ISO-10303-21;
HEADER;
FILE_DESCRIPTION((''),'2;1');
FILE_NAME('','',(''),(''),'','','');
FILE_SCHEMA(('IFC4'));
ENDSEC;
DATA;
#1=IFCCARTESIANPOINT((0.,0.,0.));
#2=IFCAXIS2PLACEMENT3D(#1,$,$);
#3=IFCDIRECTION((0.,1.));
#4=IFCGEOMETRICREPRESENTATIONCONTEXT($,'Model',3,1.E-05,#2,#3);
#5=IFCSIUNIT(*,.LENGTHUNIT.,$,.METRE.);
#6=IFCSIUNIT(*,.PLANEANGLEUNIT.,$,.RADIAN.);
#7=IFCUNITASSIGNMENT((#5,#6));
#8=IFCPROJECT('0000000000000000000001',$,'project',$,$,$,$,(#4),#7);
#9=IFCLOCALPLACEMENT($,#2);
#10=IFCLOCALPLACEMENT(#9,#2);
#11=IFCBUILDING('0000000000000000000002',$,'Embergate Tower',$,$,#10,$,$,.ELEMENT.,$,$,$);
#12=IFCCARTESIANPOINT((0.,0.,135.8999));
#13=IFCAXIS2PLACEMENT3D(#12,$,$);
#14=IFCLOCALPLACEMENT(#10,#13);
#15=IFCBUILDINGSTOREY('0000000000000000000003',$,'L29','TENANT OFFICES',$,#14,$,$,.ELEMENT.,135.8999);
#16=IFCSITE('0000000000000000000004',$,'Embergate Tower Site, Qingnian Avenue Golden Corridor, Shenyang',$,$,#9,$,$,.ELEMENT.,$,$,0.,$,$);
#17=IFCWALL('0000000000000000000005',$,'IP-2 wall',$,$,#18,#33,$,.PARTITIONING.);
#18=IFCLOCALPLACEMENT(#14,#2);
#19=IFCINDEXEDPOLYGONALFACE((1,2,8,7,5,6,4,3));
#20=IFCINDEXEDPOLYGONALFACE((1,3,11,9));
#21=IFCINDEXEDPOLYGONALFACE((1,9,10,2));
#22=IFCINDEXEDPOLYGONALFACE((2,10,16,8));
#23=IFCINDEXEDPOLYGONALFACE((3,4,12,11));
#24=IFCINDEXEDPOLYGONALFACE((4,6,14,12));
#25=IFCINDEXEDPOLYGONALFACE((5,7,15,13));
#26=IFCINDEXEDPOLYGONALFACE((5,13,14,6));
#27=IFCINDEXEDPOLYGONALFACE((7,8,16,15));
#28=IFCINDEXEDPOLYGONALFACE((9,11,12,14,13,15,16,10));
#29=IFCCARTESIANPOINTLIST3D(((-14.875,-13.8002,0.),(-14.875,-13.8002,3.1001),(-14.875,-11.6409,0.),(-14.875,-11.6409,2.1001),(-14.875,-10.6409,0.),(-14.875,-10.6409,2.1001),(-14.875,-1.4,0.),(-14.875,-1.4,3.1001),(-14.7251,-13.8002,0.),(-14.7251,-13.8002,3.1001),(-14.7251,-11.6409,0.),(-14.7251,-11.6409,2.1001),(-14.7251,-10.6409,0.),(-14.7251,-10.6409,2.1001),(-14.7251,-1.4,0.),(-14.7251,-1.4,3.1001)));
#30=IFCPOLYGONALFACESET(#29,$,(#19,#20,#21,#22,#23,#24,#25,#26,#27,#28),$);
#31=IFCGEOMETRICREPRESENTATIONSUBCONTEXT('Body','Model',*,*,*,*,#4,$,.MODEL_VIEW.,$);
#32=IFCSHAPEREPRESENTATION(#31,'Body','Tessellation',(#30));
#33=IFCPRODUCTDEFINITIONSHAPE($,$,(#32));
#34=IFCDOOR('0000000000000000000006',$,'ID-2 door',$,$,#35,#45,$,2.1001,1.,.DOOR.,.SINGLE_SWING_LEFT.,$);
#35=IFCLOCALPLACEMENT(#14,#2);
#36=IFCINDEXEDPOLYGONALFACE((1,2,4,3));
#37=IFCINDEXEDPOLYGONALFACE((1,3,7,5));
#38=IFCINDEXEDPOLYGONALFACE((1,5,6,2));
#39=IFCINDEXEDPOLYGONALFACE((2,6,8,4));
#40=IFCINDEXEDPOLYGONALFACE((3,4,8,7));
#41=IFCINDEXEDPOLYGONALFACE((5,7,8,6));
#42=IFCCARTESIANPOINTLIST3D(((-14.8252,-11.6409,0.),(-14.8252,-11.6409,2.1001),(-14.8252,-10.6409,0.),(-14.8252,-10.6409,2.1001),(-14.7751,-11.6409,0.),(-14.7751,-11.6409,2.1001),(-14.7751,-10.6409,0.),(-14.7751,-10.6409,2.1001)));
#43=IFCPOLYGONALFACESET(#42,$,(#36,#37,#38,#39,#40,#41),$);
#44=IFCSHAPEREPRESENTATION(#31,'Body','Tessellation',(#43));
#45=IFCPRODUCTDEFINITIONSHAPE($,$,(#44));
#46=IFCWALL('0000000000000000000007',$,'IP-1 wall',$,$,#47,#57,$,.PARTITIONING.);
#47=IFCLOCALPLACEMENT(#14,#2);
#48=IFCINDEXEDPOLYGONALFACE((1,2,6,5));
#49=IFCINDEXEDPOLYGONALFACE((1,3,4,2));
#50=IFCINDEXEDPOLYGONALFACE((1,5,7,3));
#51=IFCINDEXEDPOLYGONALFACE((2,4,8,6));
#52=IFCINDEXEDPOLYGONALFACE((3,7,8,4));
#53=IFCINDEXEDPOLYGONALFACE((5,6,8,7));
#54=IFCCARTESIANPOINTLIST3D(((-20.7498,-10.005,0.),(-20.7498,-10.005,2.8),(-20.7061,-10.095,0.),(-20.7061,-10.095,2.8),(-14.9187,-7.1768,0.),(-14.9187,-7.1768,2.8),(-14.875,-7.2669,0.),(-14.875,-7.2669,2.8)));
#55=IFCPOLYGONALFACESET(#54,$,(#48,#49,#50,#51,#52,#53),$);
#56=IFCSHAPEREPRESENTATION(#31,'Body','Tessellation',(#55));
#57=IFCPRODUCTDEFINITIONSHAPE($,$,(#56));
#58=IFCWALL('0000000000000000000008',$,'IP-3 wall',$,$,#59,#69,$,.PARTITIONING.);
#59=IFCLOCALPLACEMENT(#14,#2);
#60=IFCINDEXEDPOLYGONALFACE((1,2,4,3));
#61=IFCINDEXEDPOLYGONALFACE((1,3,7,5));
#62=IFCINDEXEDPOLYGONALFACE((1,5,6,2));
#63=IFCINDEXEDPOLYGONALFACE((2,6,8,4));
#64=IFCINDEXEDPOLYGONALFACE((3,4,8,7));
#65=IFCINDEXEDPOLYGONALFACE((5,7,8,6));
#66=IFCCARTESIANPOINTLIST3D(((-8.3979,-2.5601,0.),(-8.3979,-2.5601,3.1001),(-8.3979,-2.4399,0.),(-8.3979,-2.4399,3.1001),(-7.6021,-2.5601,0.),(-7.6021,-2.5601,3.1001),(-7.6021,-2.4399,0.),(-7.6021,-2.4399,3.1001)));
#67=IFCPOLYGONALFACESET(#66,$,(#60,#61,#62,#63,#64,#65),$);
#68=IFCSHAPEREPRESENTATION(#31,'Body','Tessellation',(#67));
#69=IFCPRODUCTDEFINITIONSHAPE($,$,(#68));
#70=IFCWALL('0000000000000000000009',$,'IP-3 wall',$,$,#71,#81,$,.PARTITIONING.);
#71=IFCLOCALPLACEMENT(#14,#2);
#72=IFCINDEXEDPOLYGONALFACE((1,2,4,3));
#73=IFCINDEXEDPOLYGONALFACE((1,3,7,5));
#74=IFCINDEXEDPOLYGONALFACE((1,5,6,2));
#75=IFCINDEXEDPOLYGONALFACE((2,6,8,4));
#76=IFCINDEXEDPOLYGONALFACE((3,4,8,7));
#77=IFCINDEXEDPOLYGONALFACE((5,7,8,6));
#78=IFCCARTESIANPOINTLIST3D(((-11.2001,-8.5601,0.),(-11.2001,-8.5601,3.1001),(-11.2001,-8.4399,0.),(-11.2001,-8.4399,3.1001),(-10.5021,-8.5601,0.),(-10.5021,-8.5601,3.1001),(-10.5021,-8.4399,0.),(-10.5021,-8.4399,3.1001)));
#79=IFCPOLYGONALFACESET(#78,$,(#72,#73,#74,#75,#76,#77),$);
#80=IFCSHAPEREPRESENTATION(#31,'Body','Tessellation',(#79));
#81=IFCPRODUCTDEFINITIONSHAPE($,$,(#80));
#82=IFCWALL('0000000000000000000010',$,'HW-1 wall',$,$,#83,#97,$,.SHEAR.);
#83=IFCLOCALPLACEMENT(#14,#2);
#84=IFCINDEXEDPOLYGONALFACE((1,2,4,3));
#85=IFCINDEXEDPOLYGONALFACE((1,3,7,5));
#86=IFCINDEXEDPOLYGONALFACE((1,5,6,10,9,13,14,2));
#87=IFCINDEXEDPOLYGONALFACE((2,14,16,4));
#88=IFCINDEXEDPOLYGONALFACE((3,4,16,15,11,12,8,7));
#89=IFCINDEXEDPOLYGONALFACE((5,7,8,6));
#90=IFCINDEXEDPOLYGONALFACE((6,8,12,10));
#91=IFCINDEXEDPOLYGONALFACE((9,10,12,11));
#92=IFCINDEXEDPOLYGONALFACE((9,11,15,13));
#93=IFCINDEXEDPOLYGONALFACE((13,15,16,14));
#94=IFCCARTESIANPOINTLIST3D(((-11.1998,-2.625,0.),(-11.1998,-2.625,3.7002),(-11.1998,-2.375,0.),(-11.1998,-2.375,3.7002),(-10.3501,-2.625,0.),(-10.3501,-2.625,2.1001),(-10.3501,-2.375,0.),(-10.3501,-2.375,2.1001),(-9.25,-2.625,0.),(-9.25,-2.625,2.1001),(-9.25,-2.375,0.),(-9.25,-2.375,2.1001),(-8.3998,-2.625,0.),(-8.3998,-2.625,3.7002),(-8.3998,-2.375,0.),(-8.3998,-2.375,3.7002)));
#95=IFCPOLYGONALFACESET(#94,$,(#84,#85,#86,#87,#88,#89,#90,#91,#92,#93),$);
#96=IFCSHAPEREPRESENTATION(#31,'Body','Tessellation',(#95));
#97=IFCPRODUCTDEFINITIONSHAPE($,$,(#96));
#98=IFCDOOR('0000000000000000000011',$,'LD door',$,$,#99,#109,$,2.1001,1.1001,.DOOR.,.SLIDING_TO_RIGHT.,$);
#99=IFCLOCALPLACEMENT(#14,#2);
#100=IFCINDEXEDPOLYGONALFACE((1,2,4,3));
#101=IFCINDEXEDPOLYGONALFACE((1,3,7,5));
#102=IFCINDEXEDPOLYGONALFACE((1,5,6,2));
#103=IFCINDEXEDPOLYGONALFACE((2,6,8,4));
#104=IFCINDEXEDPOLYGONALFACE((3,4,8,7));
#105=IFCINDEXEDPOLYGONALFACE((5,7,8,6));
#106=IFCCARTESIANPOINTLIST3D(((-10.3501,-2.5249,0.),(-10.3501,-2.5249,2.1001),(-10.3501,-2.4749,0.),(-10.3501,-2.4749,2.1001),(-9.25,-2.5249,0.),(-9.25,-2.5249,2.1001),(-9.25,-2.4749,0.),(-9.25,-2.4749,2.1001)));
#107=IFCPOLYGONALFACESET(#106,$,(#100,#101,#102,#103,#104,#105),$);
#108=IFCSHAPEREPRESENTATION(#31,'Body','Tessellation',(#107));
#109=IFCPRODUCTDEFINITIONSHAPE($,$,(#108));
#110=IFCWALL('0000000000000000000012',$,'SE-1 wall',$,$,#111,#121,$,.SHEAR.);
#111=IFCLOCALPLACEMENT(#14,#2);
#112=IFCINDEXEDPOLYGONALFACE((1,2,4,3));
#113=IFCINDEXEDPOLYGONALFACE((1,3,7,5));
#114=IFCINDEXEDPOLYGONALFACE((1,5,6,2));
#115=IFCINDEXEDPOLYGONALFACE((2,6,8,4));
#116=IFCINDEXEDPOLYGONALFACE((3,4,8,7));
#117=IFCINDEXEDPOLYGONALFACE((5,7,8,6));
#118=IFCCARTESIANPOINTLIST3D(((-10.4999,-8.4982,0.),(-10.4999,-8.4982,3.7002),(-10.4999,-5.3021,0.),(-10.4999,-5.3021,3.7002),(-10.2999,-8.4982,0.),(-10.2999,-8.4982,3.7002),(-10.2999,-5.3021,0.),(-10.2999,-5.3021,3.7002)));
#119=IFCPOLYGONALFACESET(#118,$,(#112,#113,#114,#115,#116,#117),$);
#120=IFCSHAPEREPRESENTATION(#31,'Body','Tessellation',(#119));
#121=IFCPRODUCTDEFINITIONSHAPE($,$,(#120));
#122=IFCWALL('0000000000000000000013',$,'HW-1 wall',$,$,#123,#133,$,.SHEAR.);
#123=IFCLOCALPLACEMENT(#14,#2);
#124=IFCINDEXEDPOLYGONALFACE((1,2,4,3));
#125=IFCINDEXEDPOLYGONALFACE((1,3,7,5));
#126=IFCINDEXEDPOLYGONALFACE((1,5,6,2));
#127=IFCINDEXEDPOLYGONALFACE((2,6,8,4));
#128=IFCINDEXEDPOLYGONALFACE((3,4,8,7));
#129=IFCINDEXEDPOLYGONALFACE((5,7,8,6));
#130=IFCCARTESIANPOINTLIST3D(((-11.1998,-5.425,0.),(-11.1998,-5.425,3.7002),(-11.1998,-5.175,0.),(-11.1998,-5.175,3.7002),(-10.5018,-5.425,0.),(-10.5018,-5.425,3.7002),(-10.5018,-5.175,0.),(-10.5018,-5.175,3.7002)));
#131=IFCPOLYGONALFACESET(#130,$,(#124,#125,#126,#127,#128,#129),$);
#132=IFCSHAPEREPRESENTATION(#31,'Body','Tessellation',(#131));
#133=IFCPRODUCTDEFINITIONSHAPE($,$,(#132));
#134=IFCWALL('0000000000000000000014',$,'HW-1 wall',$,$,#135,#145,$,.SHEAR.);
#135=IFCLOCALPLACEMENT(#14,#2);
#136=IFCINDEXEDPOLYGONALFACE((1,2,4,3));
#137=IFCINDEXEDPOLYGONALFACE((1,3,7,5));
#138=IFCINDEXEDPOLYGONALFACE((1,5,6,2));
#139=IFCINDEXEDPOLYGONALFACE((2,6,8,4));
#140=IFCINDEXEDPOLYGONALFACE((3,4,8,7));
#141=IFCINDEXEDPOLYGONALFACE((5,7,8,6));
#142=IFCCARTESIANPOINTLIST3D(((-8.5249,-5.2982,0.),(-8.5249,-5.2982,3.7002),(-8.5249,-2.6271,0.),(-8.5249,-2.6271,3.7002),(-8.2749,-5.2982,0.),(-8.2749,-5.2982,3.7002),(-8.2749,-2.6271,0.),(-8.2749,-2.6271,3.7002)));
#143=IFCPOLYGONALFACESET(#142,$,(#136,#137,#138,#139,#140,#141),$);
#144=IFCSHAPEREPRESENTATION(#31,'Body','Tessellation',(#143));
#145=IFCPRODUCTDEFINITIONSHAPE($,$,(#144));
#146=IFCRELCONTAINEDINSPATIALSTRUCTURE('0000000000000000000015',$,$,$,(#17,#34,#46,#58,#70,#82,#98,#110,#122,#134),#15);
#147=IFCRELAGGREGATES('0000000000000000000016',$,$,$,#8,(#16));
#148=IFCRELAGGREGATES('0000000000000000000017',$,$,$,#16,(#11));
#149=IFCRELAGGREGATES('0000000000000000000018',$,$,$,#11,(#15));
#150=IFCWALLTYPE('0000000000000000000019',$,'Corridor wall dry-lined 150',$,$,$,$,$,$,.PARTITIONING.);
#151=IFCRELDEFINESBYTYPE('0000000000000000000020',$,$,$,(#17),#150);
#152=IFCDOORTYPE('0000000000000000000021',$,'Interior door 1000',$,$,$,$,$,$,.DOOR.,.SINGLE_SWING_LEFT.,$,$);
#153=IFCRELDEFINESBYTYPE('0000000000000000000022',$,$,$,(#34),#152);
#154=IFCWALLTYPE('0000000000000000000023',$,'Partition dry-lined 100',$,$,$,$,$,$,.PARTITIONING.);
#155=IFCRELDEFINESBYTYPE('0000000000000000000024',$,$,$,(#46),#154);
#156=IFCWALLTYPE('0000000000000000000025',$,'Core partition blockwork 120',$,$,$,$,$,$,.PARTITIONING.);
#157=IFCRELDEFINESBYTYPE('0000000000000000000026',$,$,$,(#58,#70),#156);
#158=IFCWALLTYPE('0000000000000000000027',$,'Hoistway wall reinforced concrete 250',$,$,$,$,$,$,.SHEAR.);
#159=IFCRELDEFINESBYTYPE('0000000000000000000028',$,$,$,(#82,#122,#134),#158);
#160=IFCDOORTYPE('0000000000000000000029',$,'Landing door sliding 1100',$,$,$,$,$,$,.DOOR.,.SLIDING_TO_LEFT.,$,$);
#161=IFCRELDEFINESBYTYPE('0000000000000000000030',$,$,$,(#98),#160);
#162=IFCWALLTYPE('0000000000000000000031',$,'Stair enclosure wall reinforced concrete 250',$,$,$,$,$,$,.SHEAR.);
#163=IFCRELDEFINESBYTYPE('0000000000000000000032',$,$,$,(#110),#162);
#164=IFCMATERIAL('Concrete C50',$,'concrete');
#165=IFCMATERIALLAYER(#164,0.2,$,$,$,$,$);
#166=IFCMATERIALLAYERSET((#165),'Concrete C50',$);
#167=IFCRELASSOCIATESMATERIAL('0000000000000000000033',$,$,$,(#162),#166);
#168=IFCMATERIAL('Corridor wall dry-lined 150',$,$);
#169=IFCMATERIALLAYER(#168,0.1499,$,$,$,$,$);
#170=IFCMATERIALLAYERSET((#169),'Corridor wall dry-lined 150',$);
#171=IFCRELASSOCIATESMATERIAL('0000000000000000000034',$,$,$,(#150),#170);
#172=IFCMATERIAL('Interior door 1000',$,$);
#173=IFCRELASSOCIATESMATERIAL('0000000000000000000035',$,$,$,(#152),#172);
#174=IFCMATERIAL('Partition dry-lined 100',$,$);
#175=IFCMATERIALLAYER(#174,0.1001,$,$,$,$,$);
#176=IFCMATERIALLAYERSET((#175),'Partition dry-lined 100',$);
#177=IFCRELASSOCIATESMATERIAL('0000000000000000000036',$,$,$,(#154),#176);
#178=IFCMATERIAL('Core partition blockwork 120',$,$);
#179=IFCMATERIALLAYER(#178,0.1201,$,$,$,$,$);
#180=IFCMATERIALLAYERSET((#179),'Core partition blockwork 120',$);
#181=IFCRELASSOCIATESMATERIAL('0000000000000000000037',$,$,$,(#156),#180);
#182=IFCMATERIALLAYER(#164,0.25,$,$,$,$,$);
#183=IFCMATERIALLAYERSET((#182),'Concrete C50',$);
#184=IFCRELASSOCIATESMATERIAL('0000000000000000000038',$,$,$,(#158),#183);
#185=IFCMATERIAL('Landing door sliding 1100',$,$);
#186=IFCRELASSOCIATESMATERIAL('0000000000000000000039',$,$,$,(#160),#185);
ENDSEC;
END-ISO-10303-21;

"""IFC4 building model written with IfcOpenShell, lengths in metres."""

from ifc_helpers import new_model, si_unit, direction, frame, frame_2d, origin, place, context, subcontext, project, spatial, rectangle, extrude, source, transform, mapped, material, layer, layer_set, type_object, element, fill, save


model = new_model("IFC4")

# Units and contexts
model_context = context("Model", 3, precision=1e-05, world=origin(), true_north=direction((0.0, 1.0)))
body_context = subcontext(model_context, "Body", "Model", "MODEL_VIEW")
ifc_project = project(units=[si_unit("LENGTHUNIT", "METRE"), si_unit("PLANEANGLEUNIT", "RADIAN")], contexts=[model_context])

# Site, building, storey
site_placement = place(None, origin())
site = spatial("IfcSite", under=ifc_project, at=site_placement, Name="Embergate Tower Site, Qingnian Avenue Golden Corridor, Shenyang", CompositionType="ELEMENT", RefElevation=0.0)
building_placement = place(site_placement, origin())
building = spatial("IfcBuilding", under=site, at=building_placement, Name="Embergate Tower", CompositionType="ELEMENT")
storey_placement = place(building_placement, frame((0.0, 0.0, 135.8999)))
storey = spatial("IfcBuildingStorey", under=building, at=storey_placement, Name="L29", Description="TENANT OFFICES", CompositionType="ELEMENT", Elevation=135.8999)

# Shared definitions
ifc_material_1 = material(Name="Concrete C50", Category="concrete")
ifc_layer_1 = layer(ifc_material_1, 0.2)
ifc_layer_set_1 = layer_set([ifc_layer_1], Name="Concrete C50")
wall_type_1 = type_object("IfcWallType", Name="Stair enclosure wall reinforced concrete 250", PredefinedType="SHEAR", material=ifc_layer_set_1)

# Wall, opening, door
ifc_material_2 = material(Name="Corridor wall dry-lined 150")
ifc_layer_2 = layer(ifc_material_2, 0.1499)
ifc_layer_set_2 = layer_set([ifc_layer_2], Name="Corridor wall dry-lined 150")
wall_type_2 = type_object("IfcWallType", Name="Corridor wall dry-lined 150", PredefinedType="PARTITIONING", material=ifc_layer_set_2)
shared_shape_1 = source(origin(), body_context, "Body", "SweptSolid", [
    extrude(rectangle(XDim=12.4001, YDim=0.1499, at=frame_2d((6.2002, 0.0))), origin(), (0.0, 0.0, 1.0), 3.1001),
])
wall_1_placement = place(storey_placement, frame((-14.8, -1.3999, 0.0), z_axis=(0.0, 0.0, 1.0), x_axis=(0.0, -1.0, 0.0)))
wall_1 = element("IfcWall", 1, at=wall_1_placement, inside=storey, type_object=wall_type_2, Name="IP-2 wall", PredefinedType="PARTITIONING", context=body_context, shape_type="MappedRepresentation", body=[
    mapped(shared_shape_1, transform((0.0, 0.0, 0.0))),
])
shared_shape_2 = source(origin(), body_context, "Body", "SweptSolid", [
    extrude(rectangle(XDim=1.0, YDim=2.1001, at=frame_2d((0.5, 1.05))), frame((0.0, 0.085, 0.0), z_axis=(0.0, -1.0, 0.0), x_axis=(1.0, 0.0, 0.0)), (0.0, 0.0, 1.0), 0.1699),
])
opening_1_placement = place(wall_1_placement, frame((9.241, 0.0, 0.0)))
opening_1 = element("IfcOpeningElement", 2, at=opening_1_placement, cuts=wall_1, PredefinedType="OPENING", context=body_context, shape_type="MappedRepresentation", body=[
    mapped(shared_shape_2, transform((0.0, 0.0, 0.0))),
])
ifc_material_3 = material(Name="Interior door 1000")
door_type_1 = type_object("IfcDoorType", Name="Interior door 1000", OperationType="SINGLE_SWING_LEFT", PredefinedType="DOOR", material=ifc_material_3)
shared_shape_3 = source(origin(), body_context, "Body", "SweptSolid", [
    extrude(rectangle(XDim=1.0, YDim=2.1001, at=frame_2d((0.5, 1.05))), frame((0.0, 0.0249, 0.0), z_axis=(0.0, -1.0, 0.0), x_axis=(1.0, 0.0, 0.0)), (0.0, 0.0, 1.0), 0.05),
])
door_1_placement = place(opening_1_placement, origin())
door_1 = element("IfcDoor", 3, at=door_1_placement, inside=storey, type_object=door_type_1, Name="ID-2 door", OperationType="SINGLE_SWING_LEFT", OverallHeight=2.1001, OverallWidth=1.0, PredefinedType="DOOR", context=body_context, shape_type="MappedRepresentation", body=[
    mapped(shared_shape_3, transform((0.0, 0.0, 0.0))),
])
fill(opening_1, door_1)

# Walls
ifc_material_4 = material(Name="Partition dry-lined 100")
ifc_layer_3 = layer(ifc_material_4, 0.1001)
ifc_layer_set_3 = layer_set([ifc_layer_3], Name="Partition dry-lined 100")
wall_type_3 = type_object("IfcWallType", Name="Partition dry-lined 100", PredefinedType="PARTITIONING", material=ifc_layer_set_3)
shared_shape_4 = source(origin(), body_context, "Body", "SweptSolid", [
    extrude(rectangle(XDim=6.4807, YDim=0.1001, at=frame_2d((3.2402, 0.0))), origin(), (0.0, 0.0, 1.0), 2.8),
])
wall_2_placement = place(storey_placement, frame((-14.897, -7.2219, 0.0), z_axis=(0.0, 0.0, 1.0), x_axis=(-0.899757, -0.436392, 0.0)))
element("IfcWall", 4, at=wall_2_placement, inside=storey, type_object=wall_type_3, Name="IP-1 wall", PredefinedType="PARTITIONING", context=body_context, shape_type="MappedRepresentation", body=[
    mapped(shared_shape_4, transform((0.0, 0.0, 0.0))),
])
ifc_material_5 = material(Name="Core partition blockwork 120")
ifc_layer_4 = layer(ifc_material_5, 0.1201)
ifc_layer_set_4 = layer_set([ifc_layer_4], Name="Core partition blockwork 120")
wall_type_4 = type_object("IfcWallType", Name="Core partition blockwork 120", PredefinedType="PARTITIONING", material=ifc_layer_set_4)
shared_shape_5 = source(origin(), body_context, "Body", "SweptSolid", [
    extrude(rectangle(XDim=0.7959, YDim=0.1201, at=frame_2d((0.3979, 0.0))), origin(), (0.0, 0.0, 1.0), 3.1001),
])
wall_3_placement = place(storey_placement, frame((-8.3979, -2.5, 0.0), z_axis=(0.0, 0.0, 1.0), x_axis=(1.0, 0.0, 0.0)))
element("IfcWall", 5, at=wall_3_placement, inside=storey, type_object=wall_type_4, Name="IP-3 wall", PredefinedType="PARTITIONING", context=body_context, shape_type="MappedRepresentation", body=[
    mapped(shared_shape_5, transform((0.0, 0.0, 0.0))),
])
shared_shape_6 = source(origin(), body_context, "Body", "SweptSolid", [
    extrude(rectangle(XDim=0.698, YDim=0.1201, at=frame_2d((0.3491, 0.0))), origin(), (0.0, 0.0, 1.0), 3.1001),
])
wall_4_placement = place(storey_placement, frame((-10.502, -8.5, 0.0), z_axis=(0.0, 0.0, 1.0), x_axis=(-1.0, 0.0, 0.0)))
element("IfcWall", 6, at=wall_4_placement, inside=storey, type_object=wall_type_4, Name="IP-3 wall", PredefinedType="PARTITIONING", context=body_context, shape_type="MappedRepresentation", body=[
    mapped(shared_shape_6, transform((0.0, 0.0, 0.0))),
])

# Wall, opening, door
ifc_layer_5 = layer(ifc_material_1, 0.25)
ifc_layer_set_5 = layer_set([ifc_layer_5], Name="Concrete C50")
wall_type_5 = type_object("IfcWallType", Name="Hoistway wall reinforced concrete 250", PredefinedType="SHEAR", material=ifc_layer_set_5)
shared_shape_7 = source(origin(), body_context, "Body", "SweptSolid", [
    extrude(rectangle(XDim=2.8, YDim=0.25, at=frame_2d((1.3999, 0.0))), origin(), (0.0, 0.0, 1.0), 3.7002),
])
wall_5_placement = place(storey_placement, frame((-8.3999, -2.5, 0.0), z_axis=(0.0, 0.0, 1.0), x_axis=(-1.0, 0.0, 0.0)))
wall_5 = element("IfcWall", 7, at=wall_5_placement, inside=storey, type_object=wall_type_5, Name="HW-1 wall", PredefinedType="SHEAR", context=body_context, shape_type="MappedRepresentation", body=[
    mapped(shared_shape_7, transform((0.0, 0.0, 0.0))),
])
shared_shape_8 = source(origin(), body_context, "Body", "SweptSolid", [
    extrude(rectangle(XDim=1.1001, YDim=2.1001, at=frame_2d((0.55, 1.05))), frame((0.0, 0.135, 0.0), z_axis=(0.0, -1.0, 0.0), x_axis=(1.0, 0.0, 0.0)), (0.0, 0.0, 1.0), 0.27),
])
opening_2_placement = place(wall_5_placement, frame((0.8501, 0.0, 0.0)))
opening_2 = element("IfcOpeningElement", 8, at=opening_2_placement, cuts=wall_5, PredefinedType="OPENING", context=body_context, shape_type="MappedRepresentation", body=[
    mapped(shared_shape_8, transform((0.0, 0.0, 0.0))),
])
ifc_material_6 = material(Name="Landing door sliding 1100")
door_type_2 = type_object("IfcDoorType", Name="Landing door sliding 1100", OperationType="SLIDING_TO_LEFT", PredefinedType="DOOR", material=ifc_material_6)
shared_shape_9 = source(origin(), body_context, "Body", "SweptSolid", [
    extrude(rectangle(XDim=1.1001, YDim=2.1001, at=frame_2d((0.55, 1.05))), frame((0.0, 0.0249, 0.0), z_axis=(0.0, -1.0, 0.0), x_axis=(1.0, 0.0, 0.0)), (0.0, 0.0, 1.0), 0.05),
])
door_2_placement = place(opening_2_placement, origin())
door_2 = element("IfcDoor", 9, at=door_2_placement, inside=storey, type_object=door_type_2, Name="LD door", OperationType="SLIDING_TO_RIGHT", OverallHeight=2.1001, OverallWidth=1.1001, PredefinedType="DOOR", context=body_context, shape_type="MappedRepresentation", body=[
    mapped(shared_shape_9, transform((0.0, 0.0, 0.0))),
])
fill(opening_2, door_2)

# Walls
shared_shape_10 = source(origin(), body_context, "Body", "SweptSolid", [
    extrude(rectangle(XDim=3.196, YDim=0.2, at=frame_2d((1.5981, 0.0))), origin(), (0.0, 0.0, 1.0), 3.7002),
])
wall_6_placement = place(storey_placement, frame((-10.3999, -5.302, 0.0), z_axis=(0.0, 0.0, 1.0), x_axis=(0.0, -1.0, 0.0)))
element("IfcWall", 10, at=wall_6_placement, inside=storey, type_object=wall_type_1, Name="SE-1 wall", PredefinedType="SHEAR", context=body_context, shape_type="MappedRepresentation", body=[
    mapped(shared_shape_10, transform((0.0, 0.0, 0.0))),
])
shared_shape_11 = source(origin(), body_context, "Body", "SweptSolid", [
    extrude(rectangle(XDim=0.698, YDim=0.25, at=frame_2d((0.3491, 0.0))), origin(), (0.0, 0.0, 1.0), 3.7002),
])
wall_7_placement = place(storey_placement, frame((-11.2, -5.3, 0.0), z_axis=(0.0, 0.0, 1.0), x_axis=(1.0, 0.0, 0.0)))
element("IfcWall", 11, at=wall_7_placement, inside=storey, type_object=wall_type_5, Name="HW-1 wall", PredefinedType="SHEAR", context=body_context, shape_type="MappedRepresentation", body=[
    mapped(shared_shape_11, transform((0.0, 0.0, 0.0))),
])
shared_shape_12 = source(origin(), body_context, "Body", "SweptSolid", [
    extrude(rectangle(XDim=2.6711, YDim=0.25, at=frame_2d((1.3354, 0.0))), origin(), (0.0, 0.0, 1.0), 3.7002),
])
wall_8_placement = place(storey_placement, frame((-8.3999, -5.2981, 0.0), z_axis=(0.0, 0.0, 1.0), x_axis=(0.0, 1.0, 0.0)))
element("IfcWall", 12, at=wall_8_placement, inside=storey, type_object=wall_type_5, Name="HW-1 wall", PredefinedType="SHEAR", context=body_context, shape_type="MappedRepresentation", body=[
    mapped(shared_shape_12, transform((0.0, 0.0, 0.0))),
])

save(model, "model.ifc")
